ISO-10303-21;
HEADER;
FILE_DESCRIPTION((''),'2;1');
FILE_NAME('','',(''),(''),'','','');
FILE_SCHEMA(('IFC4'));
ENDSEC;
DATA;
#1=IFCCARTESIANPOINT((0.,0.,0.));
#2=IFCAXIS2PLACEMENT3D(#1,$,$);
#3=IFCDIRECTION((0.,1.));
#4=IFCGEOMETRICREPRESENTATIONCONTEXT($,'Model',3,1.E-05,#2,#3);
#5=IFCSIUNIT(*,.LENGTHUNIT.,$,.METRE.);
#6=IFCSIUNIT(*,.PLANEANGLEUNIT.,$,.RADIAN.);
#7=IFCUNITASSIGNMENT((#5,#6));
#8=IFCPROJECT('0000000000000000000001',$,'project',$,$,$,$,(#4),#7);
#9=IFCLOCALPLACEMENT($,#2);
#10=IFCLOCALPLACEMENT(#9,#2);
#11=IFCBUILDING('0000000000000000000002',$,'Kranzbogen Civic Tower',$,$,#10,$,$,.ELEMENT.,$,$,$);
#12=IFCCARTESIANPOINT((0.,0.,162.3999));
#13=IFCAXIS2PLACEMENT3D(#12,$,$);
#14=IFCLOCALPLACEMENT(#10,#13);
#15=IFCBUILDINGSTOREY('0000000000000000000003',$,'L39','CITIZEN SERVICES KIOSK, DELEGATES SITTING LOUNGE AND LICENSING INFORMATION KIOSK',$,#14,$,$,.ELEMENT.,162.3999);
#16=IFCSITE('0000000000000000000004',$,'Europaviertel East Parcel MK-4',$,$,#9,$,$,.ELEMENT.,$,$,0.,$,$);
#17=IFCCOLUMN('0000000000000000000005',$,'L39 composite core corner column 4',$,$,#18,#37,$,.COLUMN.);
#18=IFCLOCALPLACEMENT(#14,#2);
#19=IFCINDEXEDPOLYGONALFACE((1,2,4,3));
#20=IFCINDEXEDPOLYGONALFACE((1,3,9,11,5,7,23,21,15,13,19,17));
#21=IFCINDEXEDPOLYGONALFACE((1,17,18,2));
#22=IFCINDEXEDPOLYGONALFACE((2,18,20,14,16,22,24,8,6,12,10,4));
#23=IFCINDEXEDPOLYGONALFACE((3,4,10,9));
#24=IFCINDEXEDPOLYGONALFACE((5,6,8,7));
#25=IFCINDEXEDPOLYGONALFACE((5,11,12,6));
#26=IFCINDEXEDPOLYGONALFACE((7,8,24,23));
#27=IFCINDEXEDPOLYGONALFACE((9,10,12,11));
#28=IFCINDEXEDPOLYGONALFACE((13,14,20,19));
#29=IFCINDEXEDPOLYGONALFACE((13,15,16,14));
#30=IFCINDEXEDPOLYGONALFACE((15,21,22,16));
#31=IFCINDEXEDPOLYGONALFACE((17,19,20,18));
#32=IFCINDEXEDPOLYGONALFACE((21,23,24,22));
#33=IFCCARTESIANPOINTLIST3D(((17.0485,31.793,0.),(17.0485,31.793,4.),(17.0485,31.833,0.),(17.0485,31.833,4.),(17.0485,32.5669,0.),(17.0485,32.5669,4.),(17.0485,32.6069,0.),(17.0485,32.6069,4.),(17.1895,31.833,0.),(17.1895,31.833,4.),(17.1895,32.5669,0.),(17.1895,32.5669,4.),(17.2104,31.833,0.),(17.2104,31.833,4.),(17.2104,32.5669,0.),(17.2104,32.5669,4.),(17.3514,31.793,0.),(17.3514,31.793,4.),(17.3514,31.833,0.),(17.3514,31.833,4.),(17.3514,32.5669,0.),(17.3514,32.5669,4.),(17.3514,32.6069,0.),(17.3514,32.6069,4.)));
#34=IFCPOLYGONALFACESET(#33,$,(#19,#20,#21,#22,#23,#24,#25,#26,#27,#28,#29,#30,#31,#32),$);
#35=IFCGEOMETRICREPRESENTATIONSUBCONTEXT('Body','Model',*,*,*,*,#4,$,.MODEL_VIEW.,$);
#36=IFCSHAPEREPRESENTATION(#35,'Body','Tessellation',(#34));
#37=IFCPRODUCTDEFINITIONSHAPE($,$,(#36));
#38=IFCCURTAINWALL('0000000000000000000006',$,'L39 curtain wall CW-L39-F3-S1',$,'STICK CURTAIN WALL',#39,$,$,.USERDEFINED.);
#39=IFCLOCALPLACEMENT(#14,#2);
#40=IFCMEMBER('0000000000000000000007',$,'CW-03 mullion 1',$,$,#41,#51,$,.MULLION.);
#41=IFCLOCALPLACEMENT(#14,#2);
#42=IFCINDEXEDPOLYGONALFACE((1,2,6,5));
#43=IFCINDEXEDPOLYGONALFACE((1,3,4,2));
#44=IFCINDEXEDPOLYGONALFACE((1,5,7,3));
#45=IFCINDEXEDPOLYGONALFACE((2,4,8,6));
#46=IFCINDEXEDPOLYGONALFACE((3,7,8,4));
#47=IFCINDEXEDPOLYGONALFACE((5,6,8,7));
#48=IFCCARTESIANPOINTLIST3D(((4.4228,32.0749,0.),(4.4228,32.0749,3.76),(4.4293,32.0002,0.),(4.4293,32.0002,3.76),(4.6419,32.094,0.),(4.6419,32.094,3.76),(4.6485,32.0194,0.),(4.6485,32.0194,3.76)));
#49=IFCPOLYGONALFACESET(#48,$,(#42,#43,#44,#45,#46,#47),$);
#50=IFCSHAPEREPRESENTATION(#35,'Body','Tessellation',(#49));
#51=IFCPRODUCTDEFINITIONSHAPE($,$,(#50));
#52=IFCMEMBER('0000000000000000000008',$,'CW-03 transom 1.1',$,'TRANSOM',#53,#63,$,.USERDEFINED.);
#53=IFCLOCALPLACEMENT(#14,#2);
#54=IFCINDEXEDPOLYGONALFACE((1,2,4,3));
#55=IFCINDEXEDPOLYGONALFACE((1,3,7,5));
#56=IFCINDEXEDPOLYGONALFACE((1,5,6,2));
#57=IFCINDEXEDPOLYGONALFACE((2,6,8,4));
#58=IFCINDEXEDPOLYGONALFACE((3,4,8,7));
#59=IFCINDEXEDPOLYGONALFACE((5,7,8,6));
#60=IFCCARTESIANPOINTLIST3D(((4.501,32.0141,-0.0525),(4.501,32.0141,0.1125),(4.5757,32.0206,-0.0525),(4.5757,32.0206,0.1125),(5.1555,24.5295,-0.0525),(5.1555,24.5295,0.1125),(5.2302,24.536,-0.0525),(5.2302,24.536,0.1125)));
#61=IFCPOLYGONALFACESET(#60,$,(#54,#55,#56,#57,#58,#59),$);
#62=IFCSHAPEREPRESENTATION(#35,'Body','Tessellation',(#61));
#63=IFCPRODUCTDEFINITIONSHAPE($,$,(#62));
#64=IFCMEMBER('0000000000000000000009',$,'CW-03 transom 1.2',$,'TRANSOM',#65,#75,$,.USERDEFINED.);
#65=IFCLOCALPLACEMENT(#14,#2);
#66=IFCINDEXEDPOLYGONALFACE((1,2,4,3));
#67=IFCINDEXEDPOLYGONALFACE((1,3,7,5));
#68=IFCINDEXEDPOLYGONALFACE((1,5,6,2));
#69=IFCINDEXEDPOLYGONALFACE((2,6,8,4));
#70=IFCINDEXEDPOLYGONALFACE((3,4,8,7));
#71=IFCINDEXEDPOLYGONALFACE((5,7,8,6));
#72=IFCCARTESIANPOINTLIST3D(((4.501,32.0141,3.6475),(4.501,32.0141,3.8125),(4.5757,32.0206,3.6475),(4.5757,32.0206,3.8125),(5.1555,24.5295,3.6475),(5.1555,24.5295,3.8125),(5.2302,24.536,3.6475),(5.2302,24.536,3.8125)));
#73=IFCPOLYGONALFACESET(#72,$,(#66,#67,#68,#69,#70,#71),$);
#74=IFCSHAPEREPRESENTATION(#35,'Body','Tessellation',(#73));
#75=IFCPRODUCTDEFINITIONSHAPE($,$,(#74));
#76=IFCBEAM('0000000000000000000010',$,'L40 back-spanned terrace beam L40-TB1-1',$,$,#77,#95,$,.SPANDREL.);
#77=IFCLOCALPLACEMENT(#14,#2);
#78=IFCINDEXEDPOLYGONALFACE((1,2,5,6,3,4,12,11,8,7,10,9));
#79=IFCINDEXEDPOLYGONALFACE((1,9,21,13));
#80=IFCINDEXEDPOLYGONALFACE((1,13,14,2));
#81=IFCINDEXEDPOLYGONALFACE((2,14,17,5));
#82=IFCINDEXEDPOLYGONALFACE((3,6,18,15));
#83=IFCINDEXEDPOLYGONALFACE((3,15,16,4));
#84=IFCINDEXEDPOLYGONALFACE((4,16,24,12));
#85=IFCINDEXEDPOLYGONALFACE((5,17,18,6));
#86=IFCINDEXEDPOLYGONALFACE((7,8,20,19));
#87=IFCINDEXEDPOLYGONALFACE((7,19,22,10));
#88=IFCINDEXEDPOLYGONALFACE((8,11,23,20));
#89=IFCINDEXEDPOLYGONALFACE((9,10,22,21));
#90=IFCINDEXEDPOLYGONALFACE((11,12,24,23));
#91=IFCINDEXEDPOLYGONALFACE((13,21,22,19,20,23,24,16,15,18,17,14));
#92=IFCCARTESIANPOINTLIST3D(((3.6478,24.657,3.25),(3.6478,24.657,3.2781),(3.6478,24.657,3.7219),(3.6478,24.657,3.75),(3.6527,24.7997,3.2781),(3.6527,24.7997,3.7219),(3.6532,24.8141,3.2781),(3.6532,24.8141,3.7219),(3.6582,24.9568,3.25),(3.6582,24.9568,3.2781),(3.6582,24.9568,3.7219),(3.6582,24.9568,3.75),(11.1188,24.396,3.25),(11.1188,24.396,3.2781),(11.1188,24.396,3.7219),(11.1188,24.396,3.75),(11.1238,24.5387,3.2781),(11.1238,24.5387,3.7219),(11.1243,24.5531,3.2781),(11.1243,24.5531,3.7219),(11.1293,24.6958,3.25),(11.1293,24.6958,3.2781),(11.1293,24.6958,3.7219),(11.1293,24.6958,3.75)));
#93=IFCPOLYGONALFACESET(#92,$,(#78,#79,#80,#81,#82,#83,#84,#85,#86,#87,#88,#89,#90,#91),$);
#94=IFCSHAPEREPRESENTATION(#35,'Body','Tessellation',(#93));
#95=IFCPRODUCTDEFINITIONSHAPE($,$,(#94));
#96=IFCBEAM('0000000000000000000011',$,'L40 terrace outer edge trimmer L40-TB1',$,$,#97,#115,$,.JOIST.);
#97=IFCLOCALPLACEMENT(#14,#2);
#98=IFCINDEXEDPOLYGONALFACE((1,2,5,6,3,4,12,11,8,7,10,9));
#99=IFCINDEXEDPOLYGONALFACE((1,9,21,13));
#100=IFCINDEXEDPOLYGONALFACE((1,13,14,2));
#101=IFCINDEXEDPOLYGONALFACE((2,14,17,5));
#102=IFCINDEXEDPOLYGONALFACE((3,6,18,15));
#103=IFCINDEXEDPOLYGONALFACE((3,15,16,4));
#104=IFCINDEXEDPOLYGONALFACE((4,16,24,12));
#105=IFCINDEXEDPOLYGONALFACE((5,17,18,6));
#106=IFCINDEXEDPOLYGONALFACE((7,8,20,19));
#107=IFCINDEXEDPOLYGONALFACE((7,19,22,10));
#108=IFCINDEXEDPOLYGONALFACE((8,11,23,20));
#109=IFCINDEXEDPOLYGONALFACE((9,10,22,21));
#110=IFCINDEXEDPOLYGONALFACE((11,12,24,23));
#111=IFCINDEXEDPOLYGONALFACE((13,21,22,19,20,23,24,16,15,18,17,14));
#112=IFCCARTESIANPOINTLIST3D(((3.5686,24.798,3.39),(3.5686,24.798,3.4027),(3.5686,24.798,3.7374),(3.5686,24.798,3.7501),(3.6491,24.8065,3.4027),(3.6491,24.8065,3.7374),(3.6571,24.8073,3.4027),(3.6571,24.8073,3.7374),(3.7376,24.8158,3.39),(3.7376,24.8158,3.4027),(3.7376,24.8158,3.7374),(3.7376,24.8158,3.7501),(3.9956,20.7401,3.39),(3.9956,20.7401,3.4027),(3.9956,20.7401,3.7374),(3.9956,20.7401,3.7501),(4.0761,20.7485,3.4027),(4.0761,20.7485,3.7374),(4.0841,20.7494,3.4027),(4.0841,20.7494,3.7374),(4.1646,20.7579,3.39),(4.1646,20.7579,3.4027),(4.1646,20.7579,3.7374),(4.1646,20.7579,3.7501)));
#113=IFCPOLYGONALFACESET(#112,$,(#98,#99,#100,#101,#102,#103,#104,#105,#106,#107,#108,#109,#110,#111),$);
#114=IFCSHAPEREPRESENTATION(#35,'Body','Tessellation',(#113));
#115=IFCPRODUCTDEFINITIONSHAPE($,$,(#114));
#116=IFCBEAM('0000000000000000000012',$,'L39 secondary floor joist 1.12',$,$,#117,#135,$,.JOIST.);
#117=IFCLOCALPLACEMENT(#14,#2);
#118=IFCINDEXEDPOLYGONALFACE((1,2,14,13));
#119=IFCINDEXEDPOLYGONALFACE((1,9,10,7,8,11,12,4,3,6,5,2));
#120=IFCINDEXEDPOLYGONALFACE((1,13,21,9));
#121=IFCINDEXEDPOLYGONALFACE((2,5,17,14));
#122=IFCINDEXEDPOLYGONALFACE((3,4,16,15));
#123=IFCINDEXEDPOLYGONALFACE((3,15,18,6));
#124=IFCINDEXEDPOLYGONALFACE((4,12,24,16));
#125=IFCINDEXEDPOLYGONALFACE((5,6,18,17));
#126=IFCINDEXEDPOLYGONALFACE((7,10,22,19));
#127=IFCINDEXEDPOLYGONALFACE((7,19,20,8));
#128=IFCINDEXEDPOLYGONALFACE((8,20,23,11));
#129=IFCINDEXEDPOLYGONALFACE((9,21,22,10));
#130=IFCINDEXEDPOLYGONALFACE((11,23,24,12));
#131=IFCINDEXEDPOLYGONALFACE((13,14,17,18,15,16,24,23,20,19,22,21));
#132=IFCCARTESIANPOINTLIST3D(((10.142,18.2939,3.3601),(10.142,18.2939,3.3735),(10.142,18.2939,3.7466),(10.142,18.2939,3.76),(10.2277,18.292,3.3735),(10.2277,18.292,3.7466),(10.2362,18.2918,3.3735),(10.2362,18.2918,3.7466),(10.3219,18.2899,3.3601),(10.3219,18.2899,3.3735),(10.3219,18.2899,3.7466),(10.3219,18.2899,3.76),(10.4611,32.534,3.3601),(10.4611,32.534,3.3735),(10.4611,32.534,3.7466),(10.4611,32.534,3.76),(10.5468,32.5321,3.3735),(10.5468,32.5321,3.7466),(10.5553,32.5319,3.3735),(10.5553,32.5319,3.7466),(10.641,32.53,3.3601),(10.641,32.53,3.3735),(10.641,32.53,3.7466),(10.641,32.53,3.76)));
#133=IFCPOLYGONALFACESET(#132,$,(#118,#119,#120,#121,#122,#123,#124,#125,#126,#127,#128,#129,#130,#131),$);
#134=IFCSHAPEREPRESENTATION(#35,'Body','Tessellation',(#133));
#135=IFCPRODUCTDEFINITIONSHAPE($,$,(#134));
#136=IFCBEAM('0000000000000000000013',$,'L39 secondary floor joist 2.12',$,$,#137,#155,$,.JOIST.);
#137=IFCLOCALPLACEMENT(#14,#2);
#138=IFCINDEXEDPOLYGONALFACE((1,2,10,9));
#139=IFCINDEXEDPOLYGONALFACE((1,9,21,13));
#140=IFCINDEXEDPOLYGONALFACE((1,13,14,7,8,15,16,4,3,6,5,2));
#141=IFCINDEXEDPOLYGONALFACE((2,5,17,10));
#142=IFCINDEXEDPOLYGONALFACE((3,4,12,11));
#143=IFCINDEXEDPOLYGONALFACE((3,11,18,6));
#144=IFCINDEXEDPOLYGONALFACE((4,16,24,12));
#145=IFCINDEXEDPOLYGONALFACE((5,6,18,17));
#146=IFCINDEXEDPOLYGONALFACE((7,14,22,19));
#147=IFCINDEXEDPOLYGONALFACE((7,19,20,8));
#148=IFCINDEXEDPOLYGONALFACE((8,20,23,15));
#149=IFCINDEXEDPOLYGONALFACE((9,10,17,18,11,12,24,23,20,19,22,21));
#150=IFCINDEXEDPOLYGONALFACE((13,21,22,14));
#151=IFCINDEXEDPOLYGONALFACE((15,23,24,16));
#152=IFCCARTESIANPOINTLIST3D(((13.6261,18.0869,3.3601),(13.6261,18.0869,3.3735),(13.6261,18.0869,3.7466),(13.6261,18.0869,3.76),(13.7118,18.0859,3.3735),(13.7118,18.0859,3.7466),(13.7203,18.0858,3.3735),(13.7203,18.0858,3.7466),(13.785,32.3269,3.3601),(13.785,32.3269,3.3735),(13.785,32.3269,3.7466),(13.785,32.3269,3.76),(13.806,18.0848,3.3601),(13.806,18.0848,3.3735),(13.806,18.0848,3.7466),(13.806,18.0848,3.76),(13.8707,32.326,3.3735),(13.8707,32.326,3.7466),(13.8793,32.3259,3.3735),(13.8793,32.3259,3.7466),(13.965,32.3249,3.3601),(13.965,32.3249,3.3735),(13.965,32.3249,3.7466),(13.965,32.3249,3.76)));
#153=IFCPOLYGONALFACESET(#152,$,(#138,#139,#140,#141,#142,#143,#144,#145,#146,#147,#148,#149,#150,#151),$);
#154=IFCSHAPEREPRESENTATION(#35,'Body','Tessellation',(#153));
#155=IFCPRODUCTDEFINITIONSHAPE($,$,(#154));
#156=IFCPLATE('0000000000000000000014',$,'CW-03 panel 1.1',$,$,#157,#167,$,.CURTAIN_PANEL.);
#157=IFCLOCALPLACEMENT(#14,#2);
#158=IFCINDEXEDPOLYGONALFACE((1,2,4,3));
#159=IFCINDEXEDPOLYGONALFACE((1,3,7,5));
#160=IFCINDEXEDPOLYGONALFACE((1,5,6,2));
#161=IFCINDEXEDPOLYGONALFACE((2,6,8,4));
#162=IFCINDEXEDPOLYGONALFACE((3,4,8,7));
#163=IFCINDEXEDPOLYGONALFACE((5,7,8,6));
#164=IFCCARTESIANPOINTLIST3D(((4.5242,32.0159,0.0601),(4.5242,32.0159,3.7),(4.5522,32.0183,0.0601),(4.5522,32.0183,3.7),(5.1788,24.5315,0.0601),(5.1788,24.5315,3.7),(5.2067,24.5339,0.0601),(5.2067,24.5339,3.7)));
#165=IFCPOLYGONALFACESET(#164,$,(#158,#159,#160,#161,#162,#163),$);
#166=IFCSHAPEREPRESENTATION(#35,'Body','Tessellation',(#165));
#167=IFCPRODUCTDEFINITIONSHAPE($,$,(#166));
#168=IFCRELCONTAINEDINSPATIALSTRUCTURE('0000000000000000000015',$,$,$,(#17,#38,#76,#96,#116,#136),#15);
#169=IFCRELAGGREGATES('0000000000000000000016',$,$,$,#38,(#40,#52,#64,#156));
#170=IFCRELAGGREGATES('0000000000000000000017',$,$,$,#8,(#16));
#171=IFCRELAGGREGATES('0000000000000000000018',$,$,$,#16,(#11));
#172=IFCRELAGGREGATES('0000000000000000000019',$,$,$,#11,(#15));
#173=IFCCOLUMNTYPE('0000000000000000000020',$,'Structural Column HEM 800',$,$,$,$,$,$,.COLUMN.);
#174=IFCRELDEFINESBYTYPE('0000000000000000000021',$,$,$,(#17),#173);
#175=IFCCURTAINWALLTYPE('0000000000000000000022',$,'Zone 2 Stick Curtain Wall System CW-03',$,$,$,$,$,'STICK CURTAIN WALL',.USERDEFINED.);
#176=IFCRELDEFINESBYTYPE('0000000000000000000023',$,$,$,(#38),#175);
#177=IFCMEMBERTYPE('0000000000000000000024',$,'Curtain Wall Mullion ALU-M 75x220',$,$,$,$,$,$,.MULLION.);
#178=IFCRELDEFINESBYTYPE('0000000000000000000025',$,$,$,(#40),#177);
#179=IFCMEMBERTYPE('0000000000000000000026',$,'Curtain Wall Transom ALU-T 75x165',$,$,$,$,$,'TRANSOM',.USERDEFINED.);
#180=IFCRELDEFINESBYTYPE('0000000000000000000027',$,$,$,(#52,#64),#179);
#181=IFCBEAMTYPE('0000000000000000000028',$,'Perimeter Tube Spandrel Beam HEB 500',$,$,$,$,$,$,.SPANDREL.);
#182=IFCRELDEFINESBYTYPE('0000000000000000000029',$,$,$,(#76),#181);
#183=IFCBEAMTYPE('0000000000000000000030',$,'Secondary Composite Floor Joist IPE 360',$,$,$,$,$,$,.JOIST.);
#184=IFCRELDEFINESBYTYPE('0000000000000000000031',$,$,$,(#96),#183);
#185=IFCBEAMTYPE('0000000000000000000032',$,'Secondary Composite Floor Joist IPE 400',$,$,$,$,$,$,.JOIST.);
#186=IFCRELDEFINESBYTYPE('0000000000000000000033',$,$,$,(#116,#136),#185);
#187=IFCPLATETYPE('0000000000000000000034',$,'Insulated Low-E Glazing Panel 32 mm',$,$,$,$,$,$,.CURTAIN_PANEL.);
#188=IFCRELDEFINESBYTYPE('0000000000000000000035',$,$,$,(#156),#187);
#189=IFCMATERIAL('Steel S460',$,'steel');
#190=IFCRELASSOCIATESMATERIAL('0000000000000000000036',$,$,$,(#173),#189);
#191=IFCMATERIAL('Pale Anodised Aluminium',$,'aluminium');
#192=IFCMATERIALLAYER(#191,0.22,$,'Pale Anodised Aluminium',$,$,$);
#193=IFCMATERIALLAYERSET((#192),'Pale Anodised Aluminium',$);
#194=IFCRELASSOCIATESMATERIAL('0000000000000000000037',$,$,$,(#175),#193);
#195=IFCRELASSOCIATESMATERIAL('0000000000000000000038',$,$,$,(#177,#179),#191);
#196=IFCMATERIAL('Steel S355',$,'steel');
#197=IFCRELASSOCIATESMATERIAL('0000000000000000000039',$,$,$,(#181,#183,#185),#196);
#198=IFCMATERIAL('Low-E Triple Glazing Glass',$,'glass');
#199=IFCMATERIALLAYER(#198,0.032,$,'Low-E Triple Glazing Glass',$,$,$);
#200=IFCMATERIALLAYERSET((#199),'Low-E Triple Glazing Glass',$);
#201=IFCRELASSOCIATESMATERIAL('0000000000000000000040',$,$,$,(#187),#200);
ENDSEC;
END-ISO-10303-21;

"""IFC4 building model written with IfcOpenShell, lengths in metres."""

from ifc_helpers import new_model, si_unit, direction, frame, origin, origin_2d, place, context, subcontext, project, spatial, rectangle, i_section, extrude, material, layer, layer_set, material_profile, profile_set, type_object, element, aggregate, save


model = new_model("IFC4")

# Units and contexts
model_context = context("Model", 3, precision=1e-05, world=origin(), true_north=direction((0.0, 1.0)))
body_context = subcontext(model_context, "Body", "Model", "MODEL_VIEW")
ifc_project = project(units=[si_unit("LENGTHUNIT", "METRE"), si_unit("PLANEANGLEUNIT", "RADIAN")], contexts=[model_context])

# Site, building, storey
site_placement = place(None, origin())
site = spatial("IfcSite", under=ifc_project, at=site_placement, Name="Europaviertel East Parcel MK-4", CompositionType="ELEMENT", RefElevation=0.0)
building_placement = place(site_placement, origin())
building = spatial("IfcBuilding", under=site, at=building_placement, Name="Kranzbogen Civic Tower", CompositionType="ELEMENT")
storey_placement = place(building_placement, frame((0.0, 0.0, 162.3999)))
storey = spatial("IfcBuildingStorey", under=building, at=storey_placement, Name="L39", Description="CITIZEN SERVICES KIOSK, DELEGATES SITTING LOUNGE AND LICENSING INFORMATION KIOSK", CompositionType="ELEMENT", Elevation=162.3999)

# Column
ifc_material_1 = material(Name="Steel S460", Category="steel")
ifc_material_profile_1 = material_profile(ifc_material_1, i_section(OverallWidth=0.303, OverallDepth=0.814, WebThickness=0.021, FlangeThickness=0.04, at=origin_2d()), Name="HEM 800")
ifc_profile_set_1 = profile_set([ifc_material_profile_1], Name="Steel S460")
column_type = type_object("IfcColumnType", Name="Structural Column HEM 800", PredefinedType="COLUMN", material=ifc_profile_set_1)
column_placement = place(storey_placement, frame((17.2, 32.2, 0.0), z_axis=(0.0, 0.0, 1.0), x_axis=(1.0, 0.0, 0.0)))
element("IfcColumn", 1, at=column_placement, inside=storey, type_object=column_type, Name="L39 composite core corner column 4", PredefinedType="COLUMN", context=body_context, shape_type="SweptSolid", body=[
    extrude(i_section(OverallWidth=0.303, OverallDepth=0.814, WebThickness=0.021, FlangeThickness=0.04, at=origin_2d()), origin(), (0.0, 0.0, 1.0), 4.0),
])

# Curtain wall, members
ifc_material_2 = material(Name="Pale Anodised Aluminium", Category="aluminium")
ifc_layer_1 = layer(ifc_material_2, 0.22, Name="Pale Anodised Aluminium")
ifc_layer_set_1 = layer_set([ifc_layer_1], Name="Pale Anodised Aluminium")
curtain_wall_type = type_object("IfcCurtainWallType", Name="Zone 2 Stick Curtain Wall System CW-03", ElementType="STICK CURTAIN WALL", PredefinedType="USERDEFINED", material=ifc_layer_set_1)
curtain_wall_placement = place(storey_placement, origin())
curtain_wall = element("IfcCurtainWall", 2, at=curtain_wall_placement, inside=storey, type_object=curtain_wall_type, Name="L39 curtain wall CW-L39-F3-S1", ObjectType="STICK CURTAIN WALL", PredefinedType="USERDEFINED")
ifc_material_profile_2 = material_profile(ifc_material_2, rectangle(XDim=0.075, YDim=0.22, at=origin_2d()), Name="ALU-M 75x220")
ifc_profile_set_2 = profile_set([ifc_material_profile_2], Name="Pale Anodised Aluminium")
member_type_1 = type_object("IfcMemberType", Name="Curtain Wall Mullion ALU-M 75x220", PredefinedType="MULLION", material=ifc_profile_set_2)
member_1_placement = place(storey_placement, frame((4.5356, 32.0471, 0.0), z_axis=(0.0, 0.0, 1.0), x_axis=(0.087121, -0.996198, 0.0)))
member_1 = element("IfcMember", 3, at=member_1_placement, type_object=member_type_1, Name="CW-03 mullion 1", PredefinedType="MULLION", context=body_context, shape_type="SweptSolid", body=[
    extrude(rectangle(XDim=0.075, YDim=0.22, at=origin_2d()), origin(), (0.0, 0.0, 1.0), 3.76),
])
ifc_material_profile_3 = material_profile(ifc_material_2, rectangle(XDim=0.075, YDim=0.165, at=origin_2d()), Name="ALU-T 75x165")
ifc_profile_set_3 = profile_set([ifc_material_profile_3], Name="Pale Anodised Aluminium")
member_type_2 = type_object("IfcMemberType", Name="Curtain Wall Transom ALU-T 75x165", ElementType="TRANSOM", PredefinedType="USERDEFINED", material=ifc_profile_set_3)
member_2_placement = place(storey_placement, frame((4.5383, 32.0173, 0.03), z_axis=(0.087119, -0.996198, 0.0), x_axis=(0.996198, 0.087119, 0.0)))
member_2 = element("IfcMember", 4, at=member_2_placement, type_object=member_type_2, Name="CW-03 transom 1.1", ObjectType="TRANSOM", PredefinedType="USERDEFINED", context=body_context, shape_type="SweptSolid", body=[
    extrude(rectangle(XDim=0.075, YDim=0.165, at=origin_2d()), origin(), (0.0, 0.0, 1.0), 7.5132),
])
member_3_placement = place(storey_placement, frame((4.5383, 32.0173, 3.73), z_axis=(0.087119, -0.996198, 0.0), x_axis=(0.996198, 0.087119, 0.0)))
member_3 = element("IfcMember", 5, at=member_3_placement, type_object=member_type_2, Name="CW-03 transom 1.2", ObjectType="TRANSOM", PredefinedType="USERDEFINED", context=body_context, shape_type="SweptSolid", body=[
    extrude(rectangle(XDim=0.075, YDim=0.165, at=origin_2d()), origin(), (0.0, 0.0, 1.0), 7.5132),
])

# Beams
ifc_material_3 = material(Name="Steel S355", Category="steel")
ifc_material_profile_4 = material_profile(ifc_material_3, i_section(OverallWidth=0.3, OverallDepth=0.5, WebThickness=0.0144, FlangeThickness=0.0281, at=origin_2d()), Name="HEB 500")
ifc_profile_set_4 = profile_set([ifc_material_profile_4], Name="Steel S355")
beam_type_1 = type_object("IfcBeamType", Name="Perimeter Tube Spandrel Beam HEB 500", PredefinedType="SPANDREL", material=ifc_profile_set_4)
beam_1_placement = place(storey_placement, frame((11.124, 24.5459, 3.5), z_axis=(-0.99939, 0.034912, 0.0), x_axis=(-0.034912, -0.99939, 0.0)))
element("IfcBeam", 6, at=beam_1_placement, inside=storey, type_object=beam_type_1, Name="L40 back-spanned terrace beam L40-TB1-1", PredefinedType="SPANDREL", context=body_context, shape_type="SweptSolid", body=[
    extrude(i_section(OverallWidth=0.3, OverallDepth=0.5, WebThickness=0.0144, FlangeThickness=0.0281, at=origin_2d()), origin(), (0.0, 0.0, 1.0), 7.4756),
])
ifc_material_profile_5 = material_profile(ifc_material_3, i_section(OverallWidth=0.1699, OverallDepth=0.3601, WebThickness=0.0081, FlangeThickness=0.0127, at=origin_2d()), Name="IPE 360")
ifc_profile_set_5 = profile_set([ifc_material_profile_5], Name="Steel S355")
beam_type_2 = type_object("IfcBeamType", Name="Secondary Composite Floor Joist IPE 360", PredefinedType="JOIST", material=ifc_profile_set_5)
beam_2_placement = place(storey_placement, frame((3.6531, 24.8069, 3.5701), z_axis=(0.104651, -0.994509, 0.0), x_axis=(0.994509, 0.104651, 0.0)))
element("IfcBeam", 7, at=beam_2_placement, inside=storey, type_object=beam_type_2, Name="L40 terrace outer edge trimmer L40-TB1", PredefinedType="JOIST", context=body_context, shape_type="SweptSolid", body=[
    extrude(i_section(OverallWidth=0.1699, OverallDepth=0.3601, WebThickness=0.0081, FlangeThickness=0.0127, at=origin_2d()), origin(), (0.0, 0.0, 1.0), 4.0803),
])
ifc_material_profile_6 = material_profile(ifc_material_3, i_section(OverallWidth=0.1799, OverallDepth=0.3999, WebThickness=0.0085, FlangeThickness=0.0134, at=origin_2d()), Name="IPE 400")
ifc_profile_set_6 = profile_set([ifc_material_profile_6], Name="Steel S355")
beam_type_3 = type_object("IfcBeamType", Name="Secondary Composite Floor Joist IPE 400", PredefinedType="JOIST", material=ifc_profile_set_6)
beam_3_placement = place(storey_placement, frame((10.551, 32.532, 3.5601), z_axis=(-0.022403, -0.999749, 0.0), x_axis=(0.999749, -0.022403, 0.0)))
element("IfcBeam", 8, at=beam_3_placement, inside=storey, type_object=beam_type_3, Name="L39 secondary floor joist 1.12", PredefinedType="JOIST", context=body_context, shape_type="SweptSolid", body=[
    extrude(i_section(OverallWidth=0.1799, OverallDepth=0.3999, WebThickness=0.0085, FlangeThickness=0.0134, at=origin_2d()), origin(), (0.0, 0.0, 1.0), 14.2437),
])
beam_4_placement = place(storey_placement, frame((13.875, 32.3259, 3.5601), z_axis=(-0.011161, -0.999938, 0.0), x_axis=(0.999938, -0.011161, 0.0)))
element("IfcBeam", 9, at=beam_4_placement, inside=storey, type_object=beam_type_3, Name="L39 secondary floor joist 2.12", PredefinedType="JOIST", context=body_context, shape_type="SweptSolid", body=[
    extrude(i_section(OverallWidth=0.1799, OverallDepth=0.3999, WebThickness=0.0085, FlangeThickness=0.0134, at=origin_2d()), origin(), (0.0, 0.0, 1.0), 14.241),
])

# Plate
ifc_material_4 = material(Name="Low-E Triple Glazing Glass", Category="glass")
ifc_layer_2 = layer(ifc_material_4, 0.032, Name="Low-E Triple Glazing Glass")
ifc_layer_set_2 = layer_set([ifc_layer_2], Name="Low-E Triple Glazing Glass")
plate_type = type_object("IfcPlateType", Name="Insulated Low-E Glazing Panel 32 mm", PredefinedType="CURTAIN_PANEL", material=ifc_layer_set_2)
plate_placement = place(storey_placement, frame((4.8655, 28.2749, 0.0601), z_axis=(0.0, 0.0, 1.0), x_axis=(0.087121, -0.996198, 0.0)))
plate = element("IfcPlate", 10, at=plate_placement, type_object=plate_type, Name="CW-03 panel 1.1", PredefinedType="CURTAIN_PANEL", context=body_context, shape_type="SweptSolid", body=[
    extrude(rectangle(XDim=7.5129, YDim=0.0281, at=origin_2d()), origin(), (0.0, 0.0, 1.0), 3.6399),
])
aggregate(curtain_wall, [member_1, member_2, member_3, plate])

save(model, "model.ifc")
